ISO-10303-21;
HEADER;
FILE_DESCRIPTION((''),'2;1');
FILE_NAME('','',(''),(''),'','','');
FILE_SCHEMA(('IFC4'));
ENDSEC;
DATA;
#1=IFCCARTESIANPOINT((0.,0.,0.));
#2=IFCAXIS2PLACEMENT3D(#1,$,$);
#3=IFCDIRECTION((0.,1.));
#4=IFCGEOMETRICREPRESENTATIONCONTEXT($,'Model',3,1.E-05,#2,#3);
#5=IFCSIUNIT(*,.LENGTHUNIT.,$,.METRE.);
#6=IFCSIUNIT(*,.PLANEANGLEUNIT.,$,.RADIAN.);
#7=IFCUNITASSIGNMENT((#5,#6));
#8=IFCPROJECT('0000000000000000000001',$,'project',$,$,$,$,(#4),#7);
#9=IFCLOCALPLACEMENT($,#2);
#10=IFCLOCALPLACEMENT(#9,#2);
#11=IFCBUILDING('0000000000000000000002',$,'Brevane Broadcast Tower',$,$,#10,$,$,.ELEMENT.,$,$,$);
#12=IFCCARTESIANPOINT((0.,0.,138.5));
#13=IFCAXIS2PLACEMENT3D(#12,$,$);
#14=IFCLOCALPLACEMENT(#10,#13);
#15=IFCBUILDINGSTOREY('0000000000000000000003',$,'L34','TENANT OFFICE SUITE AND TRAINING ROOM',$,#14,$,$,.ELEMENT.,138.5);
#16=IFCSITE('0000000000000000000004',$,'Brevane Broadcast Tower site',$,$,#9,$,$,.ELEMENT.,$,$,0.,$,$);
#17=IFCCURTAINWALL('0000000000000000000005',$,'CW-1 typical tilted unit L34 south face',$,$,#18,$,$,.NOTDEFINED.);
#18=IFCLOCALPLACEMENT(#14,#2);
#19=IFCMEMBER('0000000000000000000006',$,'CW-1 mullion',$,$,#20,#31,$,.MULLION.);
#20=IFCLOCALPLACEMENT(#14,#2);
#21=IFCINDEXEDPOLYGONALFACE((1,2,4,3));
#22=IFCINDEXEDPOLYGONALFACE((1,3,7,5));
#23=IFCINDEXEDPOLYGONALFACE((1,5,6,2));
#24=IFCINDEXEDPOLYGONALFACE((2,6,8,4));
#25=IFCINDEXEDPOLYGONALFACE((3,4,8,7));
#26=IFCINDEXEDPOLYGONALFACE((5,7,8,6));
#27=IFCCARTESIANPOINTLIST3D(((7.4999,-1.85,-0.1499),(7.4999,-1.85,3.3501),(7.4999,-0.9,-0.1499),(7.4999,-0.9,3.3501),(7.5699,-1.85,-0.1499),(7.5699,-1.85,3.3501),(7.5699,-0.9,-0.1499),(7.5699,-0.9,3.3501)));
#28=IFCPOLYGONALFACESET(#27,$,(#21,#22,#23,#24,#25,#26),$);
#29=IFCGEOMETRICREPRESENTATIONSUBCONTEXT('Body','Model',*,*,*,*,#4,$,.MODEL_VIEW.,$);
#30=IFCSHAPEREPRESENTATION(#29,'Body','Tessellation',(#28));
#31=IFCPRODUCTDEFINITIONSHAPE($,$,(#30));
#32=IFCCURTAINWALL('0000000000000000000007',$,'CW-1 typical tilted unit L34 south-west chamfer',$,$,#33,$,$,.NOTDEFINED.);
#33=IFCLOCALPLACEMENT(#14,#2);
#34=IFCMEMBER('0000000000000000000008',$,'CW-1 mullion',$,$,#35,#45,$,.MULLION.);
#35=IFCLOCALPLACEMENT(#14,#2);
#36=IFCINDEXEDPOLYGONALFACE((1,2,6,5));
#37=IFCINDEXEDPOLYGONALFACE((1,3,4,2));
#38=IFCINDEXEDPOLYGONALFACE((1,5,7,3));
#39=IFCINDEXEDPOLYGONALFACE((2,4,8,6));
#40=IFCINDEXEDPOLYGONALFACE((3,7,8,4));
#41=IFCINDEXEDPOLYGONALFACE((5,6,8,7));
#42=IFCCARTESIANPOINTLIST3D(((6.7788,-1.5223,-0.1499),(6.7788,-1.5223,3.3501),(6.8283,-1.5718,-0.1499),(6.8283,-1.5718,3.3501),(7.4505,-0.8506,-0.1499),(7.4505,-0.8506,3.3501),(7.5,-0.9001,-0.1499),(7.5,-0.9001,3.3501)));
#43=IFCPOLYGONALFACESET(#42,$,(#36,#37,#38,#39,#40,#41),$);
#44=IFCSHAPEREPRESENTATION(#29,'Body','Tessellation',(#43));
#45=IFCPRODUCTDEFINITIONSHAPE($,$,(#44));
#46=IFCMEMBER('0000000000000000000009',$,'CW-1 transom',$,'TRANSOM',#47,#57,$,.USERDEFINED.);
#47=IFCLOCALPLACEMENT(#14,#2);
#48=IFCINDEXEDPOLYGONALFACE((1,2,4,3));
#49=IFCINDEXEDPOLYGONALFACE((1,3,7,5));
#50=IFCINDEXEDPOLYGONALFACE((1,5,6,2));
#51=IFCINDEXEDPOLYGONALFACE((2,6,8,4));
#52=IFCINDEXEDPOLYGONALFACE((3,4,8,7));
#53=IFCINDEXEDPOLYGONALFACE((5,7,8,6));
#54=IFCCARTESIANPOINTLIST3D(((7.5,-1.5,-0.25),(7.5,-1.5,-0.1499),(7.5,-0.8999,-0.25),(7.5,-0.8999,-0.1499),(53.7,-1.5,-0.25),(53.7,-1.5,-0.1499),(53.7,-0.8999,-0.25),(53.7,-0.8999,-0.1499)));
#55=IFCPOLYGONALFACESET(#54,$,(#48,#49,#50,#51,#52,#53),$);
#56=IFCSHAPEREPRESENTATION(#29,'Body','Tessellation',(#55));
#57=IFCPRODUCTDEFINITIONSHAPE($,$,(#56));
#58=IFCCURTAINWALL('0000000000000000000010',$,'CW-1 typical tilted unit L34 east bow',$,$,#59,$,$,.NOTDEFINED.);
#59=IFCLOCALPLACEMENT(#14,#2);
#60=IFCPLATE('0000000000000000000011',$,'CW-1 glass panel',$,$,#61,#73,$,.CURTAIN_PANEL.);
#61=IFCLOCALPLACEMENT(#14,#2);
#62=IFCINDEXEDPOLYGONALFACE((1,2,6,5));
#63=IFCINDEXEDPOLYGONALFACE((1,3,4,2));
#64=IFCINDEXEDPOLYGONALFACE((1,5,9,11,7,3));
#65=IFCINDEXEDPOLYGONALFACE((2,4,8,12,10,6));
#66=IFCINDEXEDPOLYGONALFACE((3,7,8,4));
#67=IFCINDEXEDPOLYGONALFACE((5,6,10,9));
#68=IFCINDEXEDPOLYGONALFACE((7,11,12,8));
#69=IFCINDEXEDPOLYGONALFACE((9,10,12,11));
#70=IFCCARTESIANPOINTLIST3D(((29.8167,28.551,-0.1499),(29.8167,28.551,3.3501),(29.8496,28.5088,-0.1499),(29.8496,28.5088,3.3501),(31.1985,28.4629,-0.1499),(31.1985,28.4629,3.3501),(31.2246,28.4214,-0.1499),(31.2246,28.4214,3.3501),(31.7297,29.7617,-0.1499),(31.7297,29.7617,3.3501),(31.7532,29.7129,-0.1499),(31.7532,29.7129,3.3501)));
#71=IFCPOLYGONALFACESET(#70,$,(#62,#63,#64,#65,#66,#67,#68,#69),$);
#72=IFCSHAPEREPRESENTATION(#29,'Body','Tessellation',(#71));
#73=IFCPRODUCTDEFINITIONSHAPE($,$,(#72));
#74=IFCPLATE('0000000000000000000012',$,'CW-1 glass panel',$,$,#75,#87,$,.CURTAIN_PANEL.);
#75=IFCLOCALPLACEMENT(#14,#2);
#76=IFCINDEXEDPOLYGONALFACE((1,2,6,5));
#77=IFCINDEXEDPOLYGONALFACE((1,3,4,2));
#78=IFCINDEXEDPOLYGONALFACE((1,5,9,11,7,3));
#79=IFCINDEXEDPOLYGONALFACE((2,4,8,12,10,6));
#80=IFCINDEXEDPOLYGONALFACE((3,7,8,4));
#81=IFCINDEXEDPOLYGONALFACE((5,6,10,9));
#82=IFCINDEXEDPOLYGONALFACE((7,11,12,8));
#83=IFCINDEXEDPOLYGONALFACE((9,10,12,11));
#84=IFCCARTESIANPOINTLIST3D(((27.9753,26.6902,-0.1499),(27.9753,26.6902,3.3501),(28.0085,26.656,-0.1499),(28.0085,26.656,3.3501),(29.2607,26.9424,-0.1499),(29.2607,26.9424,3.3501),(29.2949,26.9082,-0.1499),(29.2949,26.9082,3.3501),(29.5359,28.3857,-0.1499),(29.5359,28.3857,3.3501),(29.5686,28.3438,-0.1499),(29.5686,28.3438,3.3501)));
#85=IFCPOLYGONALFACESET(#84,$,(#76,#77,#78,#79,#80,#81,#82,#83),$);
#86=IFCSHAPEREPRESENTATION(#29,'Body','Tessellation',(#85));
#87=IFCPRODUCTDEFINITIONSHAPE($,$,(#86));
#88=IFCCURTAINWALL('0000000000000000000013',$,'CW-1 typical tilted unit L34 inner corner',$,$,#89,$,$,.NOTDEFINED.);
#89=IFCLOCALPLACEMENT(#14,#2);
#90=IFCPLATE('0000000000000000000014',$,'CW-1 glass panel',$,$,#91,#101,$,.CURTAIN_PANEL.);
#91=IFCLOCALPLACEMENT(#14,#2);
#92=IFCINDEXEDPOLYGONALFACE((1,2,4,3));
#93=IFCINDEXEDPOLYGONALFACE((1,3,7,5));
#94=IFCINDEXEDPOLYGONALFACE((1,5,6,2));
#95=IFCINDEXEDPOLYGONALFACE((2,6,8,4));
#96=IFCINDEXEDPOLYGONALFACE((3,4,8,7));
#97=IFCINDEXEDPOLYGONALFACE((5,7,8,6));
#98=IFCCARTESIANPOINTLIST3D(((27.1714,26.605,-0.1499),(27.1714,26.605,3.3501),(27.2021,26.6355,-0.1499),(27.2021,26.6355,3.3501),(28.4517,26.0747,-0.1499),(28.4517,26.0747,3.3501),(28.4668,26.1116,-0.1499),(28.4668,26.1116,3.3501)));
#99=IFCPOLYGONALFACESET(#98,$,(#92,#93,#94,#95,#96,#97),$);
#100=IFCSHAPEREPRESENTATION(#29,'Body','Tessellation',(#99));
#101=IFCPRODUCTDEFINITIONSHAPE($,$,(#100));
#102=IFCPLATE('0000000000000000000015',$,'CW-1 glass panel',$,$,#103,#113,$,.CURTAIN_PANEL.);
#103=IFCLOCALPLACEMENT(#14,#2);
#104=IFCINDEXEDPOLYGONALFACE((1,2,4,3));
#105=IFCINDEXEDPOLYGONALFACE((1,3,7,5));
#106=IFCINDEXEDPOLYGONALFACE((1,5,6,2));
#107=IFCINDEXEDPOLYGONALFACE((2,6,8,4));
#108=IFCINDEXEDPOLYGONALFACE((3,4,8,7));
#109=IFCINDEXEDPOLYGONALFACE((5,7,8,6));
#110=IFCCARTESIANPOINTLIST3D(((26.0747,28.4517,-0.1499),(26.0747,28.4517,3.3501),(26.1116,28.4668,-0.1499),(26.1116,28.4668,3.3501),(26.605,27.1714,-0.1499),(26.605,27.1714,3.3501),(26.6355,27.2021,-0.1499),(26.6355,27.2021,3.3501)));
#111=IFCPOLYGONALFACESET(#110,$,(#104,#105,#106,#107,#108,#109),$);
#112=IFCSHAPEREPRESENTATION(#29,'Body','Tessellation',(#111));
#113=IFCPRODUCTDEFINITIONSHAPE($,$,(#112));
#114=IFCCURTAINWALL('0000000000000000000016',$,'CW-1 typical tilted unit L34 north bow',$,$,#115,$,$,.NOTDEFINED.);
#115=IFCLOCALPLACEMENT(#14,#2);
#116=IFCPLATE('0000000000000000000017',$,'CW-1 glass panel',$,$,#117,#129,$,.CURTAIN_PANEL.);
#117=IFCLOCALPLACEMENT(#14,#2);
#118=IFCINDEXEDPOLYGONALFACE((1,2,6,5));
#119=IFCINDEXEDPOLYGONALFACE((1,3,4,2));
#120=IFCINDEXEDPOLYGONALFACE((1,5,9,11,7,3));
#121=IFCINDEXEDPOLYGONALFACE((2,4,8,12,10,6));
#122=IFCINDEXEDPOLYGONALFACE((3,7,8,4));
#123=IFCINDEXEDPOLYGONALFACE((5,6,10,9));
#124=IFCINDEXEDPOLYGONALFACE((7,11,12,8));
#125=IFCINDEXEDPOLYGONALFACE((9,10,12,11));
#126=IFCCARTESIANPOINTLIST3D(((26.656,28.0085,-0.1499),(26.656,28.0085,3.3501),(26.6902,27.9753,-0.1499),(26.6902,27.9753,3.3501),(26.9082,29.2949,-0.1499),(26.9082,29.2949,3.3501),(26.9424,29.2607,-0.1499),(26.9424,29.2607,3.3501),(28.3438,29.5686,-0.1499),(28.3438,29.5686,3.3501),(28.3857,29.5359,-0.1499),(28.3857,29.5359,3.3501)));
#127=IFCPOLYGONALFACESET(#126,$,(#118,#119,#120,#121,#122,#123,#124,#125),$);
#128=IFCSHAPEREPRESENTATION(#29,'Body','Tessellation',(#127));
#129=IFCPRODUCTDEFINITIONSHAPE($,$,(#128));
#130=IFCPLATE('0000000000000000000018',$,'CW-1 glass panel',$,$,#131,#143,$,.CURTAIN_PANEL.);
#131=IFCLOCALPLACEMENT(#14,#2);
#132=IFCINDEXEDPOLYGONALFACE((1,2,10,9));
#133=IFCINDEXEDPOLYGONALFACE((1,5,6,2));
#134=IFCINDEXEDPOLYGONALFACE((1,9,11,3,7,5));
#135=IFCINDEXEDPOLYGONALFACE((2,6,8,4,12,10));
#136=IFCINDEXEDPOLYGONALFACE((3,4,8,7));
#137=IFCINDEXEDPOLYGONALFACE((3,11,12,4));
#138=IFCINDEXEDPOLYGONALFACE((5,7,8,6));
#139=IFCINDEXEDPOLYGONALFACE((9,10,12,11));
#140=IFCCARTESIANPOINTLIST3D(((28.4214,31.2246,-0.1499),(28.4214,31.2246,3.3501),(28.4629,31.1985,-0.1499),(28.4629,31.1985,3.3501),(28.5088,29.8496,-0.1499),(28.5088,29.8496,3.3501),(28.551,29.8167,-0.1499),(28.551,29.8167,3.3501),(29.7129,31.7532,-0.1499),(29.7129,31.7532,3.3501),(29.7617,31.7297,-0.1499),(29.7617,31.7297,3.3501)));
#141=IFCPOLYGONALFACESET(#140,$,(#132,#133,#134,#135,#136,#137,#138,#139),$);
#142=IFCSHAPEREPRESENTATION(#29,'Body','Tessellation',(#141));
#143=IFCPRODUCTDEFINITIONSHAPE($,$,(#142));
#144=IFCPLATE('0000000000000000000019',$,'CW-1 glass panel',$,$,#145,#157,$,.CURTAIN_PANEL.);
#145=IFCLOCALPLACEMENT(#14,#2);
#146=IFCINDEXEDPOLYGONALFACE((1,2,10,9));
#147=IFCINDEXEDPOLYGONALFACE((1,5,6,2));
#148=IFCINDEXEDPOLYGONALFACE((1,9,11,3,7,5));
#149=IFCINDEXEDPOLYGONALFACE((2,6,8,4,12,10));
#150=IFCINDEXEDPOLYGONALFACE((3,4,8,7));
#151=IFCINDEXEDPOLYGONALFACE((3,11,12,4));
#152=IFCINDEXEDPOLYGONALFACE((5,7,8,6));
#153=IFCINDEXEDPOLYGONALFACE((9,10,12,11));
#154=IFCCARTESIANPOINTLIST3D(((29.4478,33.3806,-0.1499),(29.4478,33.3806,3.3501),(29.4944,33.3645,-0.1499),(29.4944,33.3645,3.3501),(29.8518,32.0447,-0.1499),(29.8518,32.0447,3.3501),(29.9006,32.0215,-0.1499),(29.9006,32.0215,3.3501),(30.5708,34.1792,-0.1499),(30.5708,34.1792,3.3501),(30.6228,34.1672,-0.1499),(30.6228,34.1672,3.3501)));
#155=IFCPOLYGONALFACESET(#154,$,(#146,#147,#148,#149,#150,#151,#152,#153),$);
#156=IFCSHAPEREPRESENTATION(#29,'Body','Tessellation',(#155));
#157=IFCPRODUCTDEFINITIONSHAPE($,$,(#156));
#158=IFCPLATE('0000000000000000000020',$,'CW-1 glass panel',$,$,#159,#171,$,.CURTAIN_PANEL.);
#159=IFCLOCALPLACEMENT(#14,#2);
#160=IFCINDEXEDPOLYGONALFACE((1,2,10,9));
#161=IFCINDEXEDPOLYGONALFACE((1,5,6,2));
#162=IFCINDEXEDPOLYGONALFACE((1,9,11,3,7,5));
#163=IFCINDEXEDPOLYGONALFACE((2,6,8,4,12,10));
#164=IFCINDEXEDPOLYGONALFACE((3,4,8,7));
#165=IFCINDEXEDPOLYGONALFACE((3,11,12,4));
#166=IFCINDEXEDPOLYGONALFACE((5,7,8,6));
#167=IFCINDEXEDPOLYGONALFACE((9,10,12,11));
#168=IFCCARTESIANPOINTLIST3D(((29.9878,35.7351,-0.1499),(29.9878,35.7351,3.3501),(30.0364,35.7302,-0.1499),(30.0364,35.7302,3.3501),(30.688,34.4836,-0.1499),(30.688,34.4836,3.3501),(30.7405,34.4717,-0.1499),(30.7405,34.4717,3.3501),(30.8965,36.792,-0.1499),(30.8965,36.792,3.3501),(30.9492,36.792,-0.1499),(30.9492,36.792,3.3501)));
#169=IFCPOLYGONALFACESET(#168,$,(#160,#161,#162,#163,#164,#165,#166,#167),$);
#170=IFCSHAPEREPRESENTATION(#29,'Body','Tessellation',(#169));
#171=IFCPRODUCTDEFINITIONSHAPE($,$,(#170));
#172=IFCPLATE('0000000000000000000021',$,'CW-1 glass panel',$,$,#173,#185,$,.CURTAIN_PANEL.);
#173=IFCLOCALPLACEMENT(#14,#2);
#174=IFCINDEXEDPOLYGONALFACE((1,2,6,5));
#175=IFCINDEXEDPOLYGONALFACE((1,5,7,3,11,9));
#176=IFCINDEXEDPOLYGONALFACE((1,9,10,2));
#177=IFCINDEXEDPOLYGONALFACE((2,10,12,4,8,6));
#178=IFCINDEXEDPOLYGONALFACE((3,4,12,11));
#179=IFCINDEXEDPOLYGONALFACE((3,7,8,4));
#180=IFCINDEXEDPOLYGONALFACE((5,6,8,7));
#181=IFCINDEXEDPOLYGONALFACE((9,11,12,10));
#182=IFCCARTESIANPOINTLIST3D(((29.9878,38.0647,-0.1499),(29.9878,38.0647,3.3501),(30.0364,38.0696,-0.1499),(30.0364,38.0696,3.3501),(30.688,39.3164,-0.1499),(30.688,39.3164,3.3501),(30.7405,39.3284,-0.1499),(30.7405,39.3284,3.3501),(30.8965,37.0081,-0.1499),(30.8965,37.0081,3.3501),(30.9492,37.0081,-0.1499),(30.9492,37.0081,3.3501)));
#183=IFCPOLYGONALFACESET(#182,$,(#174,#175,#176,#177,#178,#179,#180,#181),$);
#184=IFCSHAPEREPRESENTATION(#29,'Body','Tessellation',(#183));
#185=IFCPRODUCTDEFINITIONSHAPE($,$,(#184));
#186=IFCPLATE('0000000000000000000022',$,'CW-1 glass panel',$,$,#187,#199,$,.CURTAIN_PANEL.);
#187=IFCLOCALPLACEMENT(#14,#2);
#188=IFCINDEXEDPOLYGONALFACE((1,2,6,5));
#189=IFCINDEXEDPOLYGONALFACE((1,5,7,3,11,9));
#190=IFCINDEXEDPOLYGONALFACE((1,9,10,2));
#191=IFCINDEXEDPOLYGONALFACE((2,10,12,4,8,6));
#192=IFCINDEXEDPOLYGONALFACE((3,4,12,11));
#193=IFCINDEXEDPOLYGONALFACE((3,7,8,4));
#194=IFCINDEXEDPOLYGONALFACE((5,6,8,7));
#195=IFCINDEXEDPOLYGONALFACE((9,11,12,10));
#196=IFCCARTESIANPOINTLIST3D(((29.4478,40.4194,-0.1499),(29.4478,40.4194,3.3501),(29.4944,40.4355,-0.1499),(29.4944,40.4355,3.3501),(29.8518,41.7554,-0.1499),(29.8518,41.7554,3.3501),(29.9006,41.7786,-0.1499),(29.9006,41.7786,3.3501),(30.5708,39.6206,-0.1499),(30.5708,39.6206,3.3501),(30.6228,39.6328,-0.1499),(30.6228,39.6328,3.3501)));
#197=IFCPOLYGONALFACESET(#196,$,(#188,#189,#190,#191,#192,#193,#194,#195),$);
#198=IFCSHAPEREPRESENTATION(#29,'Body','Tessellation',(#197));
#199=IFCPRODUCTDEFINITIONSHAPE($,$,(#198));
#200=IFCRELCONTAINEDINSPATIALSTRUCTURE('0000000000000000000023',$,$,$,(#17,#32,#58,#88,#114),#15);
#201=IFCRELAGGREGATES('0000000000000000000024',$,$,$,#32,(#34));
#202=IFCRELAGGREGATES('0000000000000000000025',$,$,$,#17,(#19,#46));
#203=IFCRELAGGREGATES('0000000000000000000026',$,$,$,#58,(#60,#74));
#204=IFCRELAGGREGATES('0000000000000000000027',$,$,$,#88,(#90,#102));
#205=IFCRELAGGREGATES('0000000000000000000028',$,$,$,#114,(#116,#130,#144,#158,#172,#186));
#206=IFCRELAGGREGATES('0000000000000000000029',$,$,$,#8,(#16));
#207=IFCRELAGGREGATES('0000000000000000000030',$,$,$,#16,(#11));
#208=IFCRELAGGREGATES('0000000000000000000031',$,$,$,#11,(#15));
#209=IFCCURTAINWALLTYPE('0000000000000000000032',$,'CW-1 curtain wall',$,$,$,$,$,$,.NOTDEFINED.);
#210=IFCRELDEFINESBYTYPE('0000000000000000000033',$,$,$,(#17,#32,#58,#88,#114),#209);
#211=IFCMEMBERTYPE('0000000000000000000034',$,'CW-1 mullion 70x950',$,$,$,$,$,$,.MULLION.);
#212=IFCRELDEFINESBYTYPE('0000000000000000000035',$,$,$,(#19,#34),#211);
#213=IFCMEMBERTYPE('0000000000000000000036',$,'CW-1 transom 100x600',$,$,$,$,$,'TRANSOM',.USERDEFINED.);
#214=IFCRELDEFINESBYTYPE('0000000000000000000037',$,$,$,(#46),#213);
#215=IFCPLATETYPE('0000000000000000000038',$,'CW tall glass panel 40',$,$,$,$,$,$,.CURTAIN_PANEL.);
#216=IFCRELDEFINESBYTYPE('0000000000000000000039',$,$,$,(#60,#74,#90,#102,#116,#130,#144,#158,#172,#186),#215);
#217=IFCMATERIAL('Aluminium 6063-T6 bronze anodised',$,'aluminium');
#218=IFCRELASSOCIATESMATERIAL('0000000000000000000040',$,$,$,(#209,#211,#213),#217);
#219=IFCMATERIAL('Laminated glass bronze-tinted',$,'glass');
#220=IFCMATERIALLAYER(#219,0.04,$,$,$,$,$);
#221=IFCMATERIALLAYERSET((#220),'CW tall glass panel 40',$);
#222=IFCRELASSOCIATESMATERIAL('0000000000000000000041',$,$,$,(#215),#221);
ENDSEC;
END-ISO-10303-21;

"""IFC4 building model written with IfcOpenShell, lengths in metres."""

from ifc_helpers import new_model, si_unit, direction, frame, origin, origin_2d, place, context, subcontext, project, spatial, polyline, rectangle, outline, extrude, material, layer, layer_set, material_profile, profile_set, type_object, element, aggregate, save


model = new_model("IFC4")

# Units and contexts
model_context = context("Model", 3, precision=1e-05, world=origin(), true_north=direction((0.0, 1.0)))
body_context = subcontext(model_context, "Body", "Model", "MODEL_VIEW")
ifc_project = project(units=[si_unit("LENGTHUNIT", "METRE"), si_unit("PLANEANGLEUNIT", "RADIAN")], contexts=[model_context])

# Site, building, storey
site_placement = place(None, origin())
site = spatial("IfcSite", under=ifc_project, at=site_placement, Name="Brevane Broadcast Tower site", CompositionType="ELEMENT", RefElevation=0.0)
building_placement = place(site_placement, origin())
building = spatial("IfcBuilding", under=site, at=building_placement, Name="Brevane Broadcast Tower", CompositionType="ELEMENT")
storey_placement = place(building_placement, frame((0.0, 0.0, 138.5)))
storey = spatial("IfcBuildingStorey", under=building, at=storey_placement, Name="L34", Description="TENANT OFFICE SUITE AND TRAINING ROOM", CompositionType="ELEMENT", Elevation=138.5)

# Curtain walls, members
ifc_material_1 = material(Name="Aluminium 6063-T6 bronze anodised", Category="aluminium")
curtain_wall_type = type_object("IfcCurtainWallType", Name="CW-1 curtain wall", PredefinedType="NOTDEFINED", material=ifc_material_1)
curtain_wall_1_placement = place(storey_placement, origin())
curtain_wall_1 = element("IfcCurtainWall", 1, at=curtain_wall_1_placement, inside=storey, type_object=curtain_wall_type, Name="CW-1 typical tilted unit L34 south face", PredefinedType="NOTDEFINED")
ifc_material_profile_1 = material_profile(ifc_material_1, rectangle(XDim=0.95, YDim=0.0701, at=origin_2d()), Name="RECT 70x950")
ifc_profile_set_1 = profile_set([ifc_material_profile_1], Name="Aluminium 6063-T6 bronze anodised")
member_type_1 = type_object("IfcMemberType", Name="CW-1 mullion 70x950", PredefinedType="MULLION", material=ifc_profile_set_1)
member_1_placement = place(storey_placement, frame((7.5349, -1.375, -0.1499), z_axis=(0.0, 0.0, 1.0), x_axis=(0.0, 1.0, 0.0)))
member_1 = element("IfcMember", 2, at=member_1_placement, type_object=member_type_1, Name="CW-1 mullion", PredefinedType="MULLION", context=body_context, shape_type="SweptSolid", body=[
    extrude(rectangle(XDim=0.95, YDim=0.0701, at=origin_2d()), origin(), (0.0, 0.0, 1.0), 3.5),
])
curtain_wall_2_placement = place(storey_placement, origin())
curtain_wall_2 = element("IfcCurtainWall", 3, at=curtain_wall_2_placement, inside=storey, type_object=curtain_wall_type, Name="CW-1 typical tilted unit L34 south-west chamfer", PredefinedType="NOTDEFINED")
member_2_placement = place(storey_placement, frame((7.1394, -1.2112, -0.1499), z_axis=(0.0, 0.0, 1.0), x_axis=(0.707107, 0.707107, 0.0)))
member_2 = element("IfcMember", 4, at=member_2_placement, type_object=member_type_1, Name="CW-1 mullion", PredefinedType="MULLION", context=body_context, shape_type="SweptSolid", body=[
    extrude(rectangle(XDim=0.95, YDim=0.0701, at=origin_2d()), origin(), (0.0, 0.0, 1.0), 3.5),
])
aggregate(curtain_wall_2, [member_2])

# Member
ifc_material_profile_2 = material_profile(ifc_material_1, rectangle(XDim=0.6001, YDim=0.1001, at=origin_2d()), Name="RECT 100x600")
ifc_profile_set_2 = profile_set([ifc_material_profile_2], Name="Aluminium 6063-T6 bronze anodised")
member_type_2 = type_object("IfcMemberType", Name="CW-1 transom 100x600", ElementType="TRANSOM", PredefinedType="USERDEFINED", material=ifc_profile_set_2)
member_3_placement = place(storey_placement, frame((7.5, -1.2, -0.2), z_axis=(1.0, 0.0, 0.0), x_axis=(0.0, 1.0, 0.0)))
member_3 = element("IfcMember", 5, at=member_3_placement, type_object=member_type_2, Name="CW-1 transom", ObjectType="TRANSOM", PredefinedType="USERDEFINED", context=body_context, shape_type="SweptSolid", body=[
    extrude(rectangle(XDim=0.6001, YDim=0.1001, at=origin_2d()), origin(), (0.0, 0.0, 1.0), 46.2),
])
aggregate(curtain_wall_1, [member_1, member_3])

# Curtain walls, plates
curtain_wall_3_placement = place(storey_placement, origin())
curtain_wall_3 = element("IfcCurtainWall", 6, at=curtain_wall_3_placement, inside=storey, type_object=curtain_wall_type, Name="CW-1 typical tilted unit L34 east bow", PredefinedType="NOTDEFINED")
ifc_material_2 = material(Name="Laminated glass bronze-tinted", Category="glass")
ifc_layer = layer(ifc_material_2, 0.04)
ifc_layer_set = layer_set([ifc_layer], Name="CW tall glass panel 40")
plate_type = type_object("IfcPlateType", Name="CW tall glass panel 40", PredefinedType="CURTAIN_PANEL", material=ifc_layer_set)
plate_1_placement = place(storey_placement, frame((0.0, 0.0, -0.1499)))
plate_1 = element("IfcPlate", 7, at=plate_1_placement, type_object=plate_type, Name="CW-1 glass panel", PredefinedType="CURTAIN_PANEL", context=body_context, shape_type="SweptSolid", body=[
    extrude(outline(polyline([(31.7532, 29.7129), (31.7297, 29.7617), (31.1985, 28.4629), (29.8167, 28.551), (29.8496, 28.5088), (31.2246, 28.4214), (31.7532, 29.7129)])), origin(), (0.0, 0.0, 1.0), 3.5),
])
plate_2_placement = place(storey_placement, frame((0.0, 0.0, -0.1499)))
plate_2 = element("IfcPlate", 8, at=plate_2_placement, type_object=plate_type, Name="CW-1 glass panel", PredefinedType="CURTAIN_PANEL", context=body_context, shape_type="SweptSolid", body=[
    extrude(outline(polyline([(29.5686, 28.3438), (29.5359, 28.3857), (29.2607, 26.9424), (27.9753, 26.6902), (28.0085, 26.656), (29.2949, 26.9082), (29.5686, 28.3438)])), origin(), (0.0, 0.0, 1.0), 3.5),
])
aggregate(curtain_wall_3, [plate_1, plate_2])
curtain_wall_4_placement = place(storey_placement, origin())
curtain_wall_4 = element("IfcCurtainWall", 9, at=curtain_wall_4_placement, inside=storey, type_object=curtain_wall_type, Name="CW-1 typical tilted unit L34 inner corner", PredefinedType="NOTDEFINED")
plate_3_placement = place(storey_placement, frame((0.0, 0.0, -0.1499)))
plate_3 = element("IfcPlate", 10, at=plate_3_placement, type_object=plate_type, Name="CW-1 glass panel", PredefinedType="CURTAIN_PANEL", context=body_context, shape_type="SweptSolid", body=[
    extrude(outline(polyline([(28.4517, 26.0747), (28.4668, 26.1116), (27.2021, 26.6355), (27.1714, 26.605), (28.4517, 26.0747)])), origin(), (0.0, 0.0, 1.0), 3.5),
])
plate_4_placement = place(storey_placement, frame((0.0, 0.0, -0.1499)))
plate_4 = element("IfcPlate", 11, at=plate_4_placement, type_object=plate_type, Name="CW-1 glass panel", PredefinedType="CURTAIN_PANEL", context=body_context, shape_type="SweptSolid", body=[
    extrude(outline(polyline([(26.605, 27.1714), (26.6355, 27.2021), (26.1116, 28.4668), (26.0747, 28.4517), (26.605, 27.1714)])), origin(), (0.0, 0.0, 1.0), 3.5),
])
aggregate(curtain_wall_4, [plate_3, plate_4])
curtain_wall_5_placement = place(storey_placement, origin())
curtain_wall_5 = element("IfcCurtainWall", 12, at=curtain_wall_5_placement, inside=storey, type_object=curtain_wall_type, Name="CW-1 typical tilted unit L34 north bow", PredefinedType="NOTDEFINED")
plate_5_placement = place(storey_placement, frame((0.0, 0.0, -0.1499)))
plate_5 = element("IfcPlate", 13, at=plate_5_placement, type_object=plate_type, Name="CW-1 glass panel", PredefinedType="CURTAIN_PANEL", context=body_context, shape_type="SweptSolid", body=[
    extrude(outline(polyline([(26.656, 28.0085), (26.6902, 27.9753), (26.9424, 29.2607), (28.3857, 29.5359), (28.3438, 29.5686), (26.9082, 29.2949), (26.656, 28.0085)])), origin(), (0.0, 0.0, 1.0), 3.5),
])
plate_6_placement = place(storey_placement, frame((0.0, 0.0, -0.1499)))
plate_6 = element("IfcPlate", 14, at=plate_6_placement, type_object=plate_type, Name="CW-1 glass panel", PredefinedType="CURTAIN_PANEL", context=body_context, shape_type="SweptSolid", body=[
    extrude(outline(polyline([(28.5088, 29.8496), (28.551, 29.8167), (28.4629, 31.1985), (29.7617, 31.7297), (29.7129, 31.7532), (28.4214, 31.2246), (28.5088, 29.8496)])), origin(), (0.0, 0.0, 1.0), 3.5),
])
plate_7_placement = place(storey_placement, frame((0.0, 0.0, -0.1499)))
plate_7 = element("IfcPlate", 15, at=plate_7_placement, type_object=plate_type, Name="CW-1 glass panel", PredefinedType="CURTAIN_PANEL", context=body_context, shape_type="SweptSolid", body=[
    extrude(outline(polyline([(29.8518, 32.0447), (29.9006, 32.0215), (29.4944, 33.3645), (30.6228, 34.1672), (30.5708, 34.1792), (29.4478, 33.3806), (29.8518, 32.0447)])), origin(), (0.0, 0.0, 1.0), 3.5),
])
plate_8_placement = place(storey_placement, frame((0.0, 0.0, -0.1499)))
plate_8 = element("IfcPlate", 16, at=plate_8_placement, type_object=plate_type, Name="CW-1 glass panel", PredefinedType="CURTAIN_PANEL", context=body_context, shape_type="SweptSolid", body=[
    extrude(outline(polyline([(30.688, 34.4836), (30.7405, 34.4717), (30.0364, 35.7302), (30.9492, 36.792), (30.8965, 36.792), (29.9878, 35.7351), (30.688, 34.4836)])), origin(), (0.0, 0.0, 1.0), 3.5),
])
plate_9_placement = place(storey_placement, frame((0.0, 0.0, -0.1499)))
plate_9 = element("IfcPlate", 17, at=plate_9_placement, type_object=plate_type, Name="CW-1 glass panel", PredefinedType="CURTAIN_PANEL", context=body_context, shape_type="SweptSolid", body=[
    extrude(outline(polyline([(30.8965, 37.0081), (30.9492, 37.0081), (30.0364, 38.0696), (30.7405, 39.3284), (30.688, 39.3164), (29.9878, 38.0647), (30.8965, 37.0081)])), origin(), (0.0, 0.0, 1.0), 3.5),
])
plate_10_placement = place(storey_placement, frame((0.0, 0.0, -0.1499)))
plate_10 = element("IfcPlate", 18, at=plate_10_placement, type_object=plate_type, Name="CW-1 glass panel", PredefinedType="CURTAIN_PANEL", context=body_context, shape_type="SweptSolid", body=[
    extrude(outline(polyline([(30.5708, 39.6206), (30.6228, 39.6328), (29.4944, 40.4355), (29.9006, 41.7786), (29.8518, 41.7554), (29.4478, 40.4194), (30.5708, 39.6206)])), origin(), (0.0, 0.0, 1.0), 3.5),
])
aggregate(curtain_wall_5, [plate_5, plate_6, plate_7, plate_8, plate_9, plate_10])

save(model, "model.ifc")
